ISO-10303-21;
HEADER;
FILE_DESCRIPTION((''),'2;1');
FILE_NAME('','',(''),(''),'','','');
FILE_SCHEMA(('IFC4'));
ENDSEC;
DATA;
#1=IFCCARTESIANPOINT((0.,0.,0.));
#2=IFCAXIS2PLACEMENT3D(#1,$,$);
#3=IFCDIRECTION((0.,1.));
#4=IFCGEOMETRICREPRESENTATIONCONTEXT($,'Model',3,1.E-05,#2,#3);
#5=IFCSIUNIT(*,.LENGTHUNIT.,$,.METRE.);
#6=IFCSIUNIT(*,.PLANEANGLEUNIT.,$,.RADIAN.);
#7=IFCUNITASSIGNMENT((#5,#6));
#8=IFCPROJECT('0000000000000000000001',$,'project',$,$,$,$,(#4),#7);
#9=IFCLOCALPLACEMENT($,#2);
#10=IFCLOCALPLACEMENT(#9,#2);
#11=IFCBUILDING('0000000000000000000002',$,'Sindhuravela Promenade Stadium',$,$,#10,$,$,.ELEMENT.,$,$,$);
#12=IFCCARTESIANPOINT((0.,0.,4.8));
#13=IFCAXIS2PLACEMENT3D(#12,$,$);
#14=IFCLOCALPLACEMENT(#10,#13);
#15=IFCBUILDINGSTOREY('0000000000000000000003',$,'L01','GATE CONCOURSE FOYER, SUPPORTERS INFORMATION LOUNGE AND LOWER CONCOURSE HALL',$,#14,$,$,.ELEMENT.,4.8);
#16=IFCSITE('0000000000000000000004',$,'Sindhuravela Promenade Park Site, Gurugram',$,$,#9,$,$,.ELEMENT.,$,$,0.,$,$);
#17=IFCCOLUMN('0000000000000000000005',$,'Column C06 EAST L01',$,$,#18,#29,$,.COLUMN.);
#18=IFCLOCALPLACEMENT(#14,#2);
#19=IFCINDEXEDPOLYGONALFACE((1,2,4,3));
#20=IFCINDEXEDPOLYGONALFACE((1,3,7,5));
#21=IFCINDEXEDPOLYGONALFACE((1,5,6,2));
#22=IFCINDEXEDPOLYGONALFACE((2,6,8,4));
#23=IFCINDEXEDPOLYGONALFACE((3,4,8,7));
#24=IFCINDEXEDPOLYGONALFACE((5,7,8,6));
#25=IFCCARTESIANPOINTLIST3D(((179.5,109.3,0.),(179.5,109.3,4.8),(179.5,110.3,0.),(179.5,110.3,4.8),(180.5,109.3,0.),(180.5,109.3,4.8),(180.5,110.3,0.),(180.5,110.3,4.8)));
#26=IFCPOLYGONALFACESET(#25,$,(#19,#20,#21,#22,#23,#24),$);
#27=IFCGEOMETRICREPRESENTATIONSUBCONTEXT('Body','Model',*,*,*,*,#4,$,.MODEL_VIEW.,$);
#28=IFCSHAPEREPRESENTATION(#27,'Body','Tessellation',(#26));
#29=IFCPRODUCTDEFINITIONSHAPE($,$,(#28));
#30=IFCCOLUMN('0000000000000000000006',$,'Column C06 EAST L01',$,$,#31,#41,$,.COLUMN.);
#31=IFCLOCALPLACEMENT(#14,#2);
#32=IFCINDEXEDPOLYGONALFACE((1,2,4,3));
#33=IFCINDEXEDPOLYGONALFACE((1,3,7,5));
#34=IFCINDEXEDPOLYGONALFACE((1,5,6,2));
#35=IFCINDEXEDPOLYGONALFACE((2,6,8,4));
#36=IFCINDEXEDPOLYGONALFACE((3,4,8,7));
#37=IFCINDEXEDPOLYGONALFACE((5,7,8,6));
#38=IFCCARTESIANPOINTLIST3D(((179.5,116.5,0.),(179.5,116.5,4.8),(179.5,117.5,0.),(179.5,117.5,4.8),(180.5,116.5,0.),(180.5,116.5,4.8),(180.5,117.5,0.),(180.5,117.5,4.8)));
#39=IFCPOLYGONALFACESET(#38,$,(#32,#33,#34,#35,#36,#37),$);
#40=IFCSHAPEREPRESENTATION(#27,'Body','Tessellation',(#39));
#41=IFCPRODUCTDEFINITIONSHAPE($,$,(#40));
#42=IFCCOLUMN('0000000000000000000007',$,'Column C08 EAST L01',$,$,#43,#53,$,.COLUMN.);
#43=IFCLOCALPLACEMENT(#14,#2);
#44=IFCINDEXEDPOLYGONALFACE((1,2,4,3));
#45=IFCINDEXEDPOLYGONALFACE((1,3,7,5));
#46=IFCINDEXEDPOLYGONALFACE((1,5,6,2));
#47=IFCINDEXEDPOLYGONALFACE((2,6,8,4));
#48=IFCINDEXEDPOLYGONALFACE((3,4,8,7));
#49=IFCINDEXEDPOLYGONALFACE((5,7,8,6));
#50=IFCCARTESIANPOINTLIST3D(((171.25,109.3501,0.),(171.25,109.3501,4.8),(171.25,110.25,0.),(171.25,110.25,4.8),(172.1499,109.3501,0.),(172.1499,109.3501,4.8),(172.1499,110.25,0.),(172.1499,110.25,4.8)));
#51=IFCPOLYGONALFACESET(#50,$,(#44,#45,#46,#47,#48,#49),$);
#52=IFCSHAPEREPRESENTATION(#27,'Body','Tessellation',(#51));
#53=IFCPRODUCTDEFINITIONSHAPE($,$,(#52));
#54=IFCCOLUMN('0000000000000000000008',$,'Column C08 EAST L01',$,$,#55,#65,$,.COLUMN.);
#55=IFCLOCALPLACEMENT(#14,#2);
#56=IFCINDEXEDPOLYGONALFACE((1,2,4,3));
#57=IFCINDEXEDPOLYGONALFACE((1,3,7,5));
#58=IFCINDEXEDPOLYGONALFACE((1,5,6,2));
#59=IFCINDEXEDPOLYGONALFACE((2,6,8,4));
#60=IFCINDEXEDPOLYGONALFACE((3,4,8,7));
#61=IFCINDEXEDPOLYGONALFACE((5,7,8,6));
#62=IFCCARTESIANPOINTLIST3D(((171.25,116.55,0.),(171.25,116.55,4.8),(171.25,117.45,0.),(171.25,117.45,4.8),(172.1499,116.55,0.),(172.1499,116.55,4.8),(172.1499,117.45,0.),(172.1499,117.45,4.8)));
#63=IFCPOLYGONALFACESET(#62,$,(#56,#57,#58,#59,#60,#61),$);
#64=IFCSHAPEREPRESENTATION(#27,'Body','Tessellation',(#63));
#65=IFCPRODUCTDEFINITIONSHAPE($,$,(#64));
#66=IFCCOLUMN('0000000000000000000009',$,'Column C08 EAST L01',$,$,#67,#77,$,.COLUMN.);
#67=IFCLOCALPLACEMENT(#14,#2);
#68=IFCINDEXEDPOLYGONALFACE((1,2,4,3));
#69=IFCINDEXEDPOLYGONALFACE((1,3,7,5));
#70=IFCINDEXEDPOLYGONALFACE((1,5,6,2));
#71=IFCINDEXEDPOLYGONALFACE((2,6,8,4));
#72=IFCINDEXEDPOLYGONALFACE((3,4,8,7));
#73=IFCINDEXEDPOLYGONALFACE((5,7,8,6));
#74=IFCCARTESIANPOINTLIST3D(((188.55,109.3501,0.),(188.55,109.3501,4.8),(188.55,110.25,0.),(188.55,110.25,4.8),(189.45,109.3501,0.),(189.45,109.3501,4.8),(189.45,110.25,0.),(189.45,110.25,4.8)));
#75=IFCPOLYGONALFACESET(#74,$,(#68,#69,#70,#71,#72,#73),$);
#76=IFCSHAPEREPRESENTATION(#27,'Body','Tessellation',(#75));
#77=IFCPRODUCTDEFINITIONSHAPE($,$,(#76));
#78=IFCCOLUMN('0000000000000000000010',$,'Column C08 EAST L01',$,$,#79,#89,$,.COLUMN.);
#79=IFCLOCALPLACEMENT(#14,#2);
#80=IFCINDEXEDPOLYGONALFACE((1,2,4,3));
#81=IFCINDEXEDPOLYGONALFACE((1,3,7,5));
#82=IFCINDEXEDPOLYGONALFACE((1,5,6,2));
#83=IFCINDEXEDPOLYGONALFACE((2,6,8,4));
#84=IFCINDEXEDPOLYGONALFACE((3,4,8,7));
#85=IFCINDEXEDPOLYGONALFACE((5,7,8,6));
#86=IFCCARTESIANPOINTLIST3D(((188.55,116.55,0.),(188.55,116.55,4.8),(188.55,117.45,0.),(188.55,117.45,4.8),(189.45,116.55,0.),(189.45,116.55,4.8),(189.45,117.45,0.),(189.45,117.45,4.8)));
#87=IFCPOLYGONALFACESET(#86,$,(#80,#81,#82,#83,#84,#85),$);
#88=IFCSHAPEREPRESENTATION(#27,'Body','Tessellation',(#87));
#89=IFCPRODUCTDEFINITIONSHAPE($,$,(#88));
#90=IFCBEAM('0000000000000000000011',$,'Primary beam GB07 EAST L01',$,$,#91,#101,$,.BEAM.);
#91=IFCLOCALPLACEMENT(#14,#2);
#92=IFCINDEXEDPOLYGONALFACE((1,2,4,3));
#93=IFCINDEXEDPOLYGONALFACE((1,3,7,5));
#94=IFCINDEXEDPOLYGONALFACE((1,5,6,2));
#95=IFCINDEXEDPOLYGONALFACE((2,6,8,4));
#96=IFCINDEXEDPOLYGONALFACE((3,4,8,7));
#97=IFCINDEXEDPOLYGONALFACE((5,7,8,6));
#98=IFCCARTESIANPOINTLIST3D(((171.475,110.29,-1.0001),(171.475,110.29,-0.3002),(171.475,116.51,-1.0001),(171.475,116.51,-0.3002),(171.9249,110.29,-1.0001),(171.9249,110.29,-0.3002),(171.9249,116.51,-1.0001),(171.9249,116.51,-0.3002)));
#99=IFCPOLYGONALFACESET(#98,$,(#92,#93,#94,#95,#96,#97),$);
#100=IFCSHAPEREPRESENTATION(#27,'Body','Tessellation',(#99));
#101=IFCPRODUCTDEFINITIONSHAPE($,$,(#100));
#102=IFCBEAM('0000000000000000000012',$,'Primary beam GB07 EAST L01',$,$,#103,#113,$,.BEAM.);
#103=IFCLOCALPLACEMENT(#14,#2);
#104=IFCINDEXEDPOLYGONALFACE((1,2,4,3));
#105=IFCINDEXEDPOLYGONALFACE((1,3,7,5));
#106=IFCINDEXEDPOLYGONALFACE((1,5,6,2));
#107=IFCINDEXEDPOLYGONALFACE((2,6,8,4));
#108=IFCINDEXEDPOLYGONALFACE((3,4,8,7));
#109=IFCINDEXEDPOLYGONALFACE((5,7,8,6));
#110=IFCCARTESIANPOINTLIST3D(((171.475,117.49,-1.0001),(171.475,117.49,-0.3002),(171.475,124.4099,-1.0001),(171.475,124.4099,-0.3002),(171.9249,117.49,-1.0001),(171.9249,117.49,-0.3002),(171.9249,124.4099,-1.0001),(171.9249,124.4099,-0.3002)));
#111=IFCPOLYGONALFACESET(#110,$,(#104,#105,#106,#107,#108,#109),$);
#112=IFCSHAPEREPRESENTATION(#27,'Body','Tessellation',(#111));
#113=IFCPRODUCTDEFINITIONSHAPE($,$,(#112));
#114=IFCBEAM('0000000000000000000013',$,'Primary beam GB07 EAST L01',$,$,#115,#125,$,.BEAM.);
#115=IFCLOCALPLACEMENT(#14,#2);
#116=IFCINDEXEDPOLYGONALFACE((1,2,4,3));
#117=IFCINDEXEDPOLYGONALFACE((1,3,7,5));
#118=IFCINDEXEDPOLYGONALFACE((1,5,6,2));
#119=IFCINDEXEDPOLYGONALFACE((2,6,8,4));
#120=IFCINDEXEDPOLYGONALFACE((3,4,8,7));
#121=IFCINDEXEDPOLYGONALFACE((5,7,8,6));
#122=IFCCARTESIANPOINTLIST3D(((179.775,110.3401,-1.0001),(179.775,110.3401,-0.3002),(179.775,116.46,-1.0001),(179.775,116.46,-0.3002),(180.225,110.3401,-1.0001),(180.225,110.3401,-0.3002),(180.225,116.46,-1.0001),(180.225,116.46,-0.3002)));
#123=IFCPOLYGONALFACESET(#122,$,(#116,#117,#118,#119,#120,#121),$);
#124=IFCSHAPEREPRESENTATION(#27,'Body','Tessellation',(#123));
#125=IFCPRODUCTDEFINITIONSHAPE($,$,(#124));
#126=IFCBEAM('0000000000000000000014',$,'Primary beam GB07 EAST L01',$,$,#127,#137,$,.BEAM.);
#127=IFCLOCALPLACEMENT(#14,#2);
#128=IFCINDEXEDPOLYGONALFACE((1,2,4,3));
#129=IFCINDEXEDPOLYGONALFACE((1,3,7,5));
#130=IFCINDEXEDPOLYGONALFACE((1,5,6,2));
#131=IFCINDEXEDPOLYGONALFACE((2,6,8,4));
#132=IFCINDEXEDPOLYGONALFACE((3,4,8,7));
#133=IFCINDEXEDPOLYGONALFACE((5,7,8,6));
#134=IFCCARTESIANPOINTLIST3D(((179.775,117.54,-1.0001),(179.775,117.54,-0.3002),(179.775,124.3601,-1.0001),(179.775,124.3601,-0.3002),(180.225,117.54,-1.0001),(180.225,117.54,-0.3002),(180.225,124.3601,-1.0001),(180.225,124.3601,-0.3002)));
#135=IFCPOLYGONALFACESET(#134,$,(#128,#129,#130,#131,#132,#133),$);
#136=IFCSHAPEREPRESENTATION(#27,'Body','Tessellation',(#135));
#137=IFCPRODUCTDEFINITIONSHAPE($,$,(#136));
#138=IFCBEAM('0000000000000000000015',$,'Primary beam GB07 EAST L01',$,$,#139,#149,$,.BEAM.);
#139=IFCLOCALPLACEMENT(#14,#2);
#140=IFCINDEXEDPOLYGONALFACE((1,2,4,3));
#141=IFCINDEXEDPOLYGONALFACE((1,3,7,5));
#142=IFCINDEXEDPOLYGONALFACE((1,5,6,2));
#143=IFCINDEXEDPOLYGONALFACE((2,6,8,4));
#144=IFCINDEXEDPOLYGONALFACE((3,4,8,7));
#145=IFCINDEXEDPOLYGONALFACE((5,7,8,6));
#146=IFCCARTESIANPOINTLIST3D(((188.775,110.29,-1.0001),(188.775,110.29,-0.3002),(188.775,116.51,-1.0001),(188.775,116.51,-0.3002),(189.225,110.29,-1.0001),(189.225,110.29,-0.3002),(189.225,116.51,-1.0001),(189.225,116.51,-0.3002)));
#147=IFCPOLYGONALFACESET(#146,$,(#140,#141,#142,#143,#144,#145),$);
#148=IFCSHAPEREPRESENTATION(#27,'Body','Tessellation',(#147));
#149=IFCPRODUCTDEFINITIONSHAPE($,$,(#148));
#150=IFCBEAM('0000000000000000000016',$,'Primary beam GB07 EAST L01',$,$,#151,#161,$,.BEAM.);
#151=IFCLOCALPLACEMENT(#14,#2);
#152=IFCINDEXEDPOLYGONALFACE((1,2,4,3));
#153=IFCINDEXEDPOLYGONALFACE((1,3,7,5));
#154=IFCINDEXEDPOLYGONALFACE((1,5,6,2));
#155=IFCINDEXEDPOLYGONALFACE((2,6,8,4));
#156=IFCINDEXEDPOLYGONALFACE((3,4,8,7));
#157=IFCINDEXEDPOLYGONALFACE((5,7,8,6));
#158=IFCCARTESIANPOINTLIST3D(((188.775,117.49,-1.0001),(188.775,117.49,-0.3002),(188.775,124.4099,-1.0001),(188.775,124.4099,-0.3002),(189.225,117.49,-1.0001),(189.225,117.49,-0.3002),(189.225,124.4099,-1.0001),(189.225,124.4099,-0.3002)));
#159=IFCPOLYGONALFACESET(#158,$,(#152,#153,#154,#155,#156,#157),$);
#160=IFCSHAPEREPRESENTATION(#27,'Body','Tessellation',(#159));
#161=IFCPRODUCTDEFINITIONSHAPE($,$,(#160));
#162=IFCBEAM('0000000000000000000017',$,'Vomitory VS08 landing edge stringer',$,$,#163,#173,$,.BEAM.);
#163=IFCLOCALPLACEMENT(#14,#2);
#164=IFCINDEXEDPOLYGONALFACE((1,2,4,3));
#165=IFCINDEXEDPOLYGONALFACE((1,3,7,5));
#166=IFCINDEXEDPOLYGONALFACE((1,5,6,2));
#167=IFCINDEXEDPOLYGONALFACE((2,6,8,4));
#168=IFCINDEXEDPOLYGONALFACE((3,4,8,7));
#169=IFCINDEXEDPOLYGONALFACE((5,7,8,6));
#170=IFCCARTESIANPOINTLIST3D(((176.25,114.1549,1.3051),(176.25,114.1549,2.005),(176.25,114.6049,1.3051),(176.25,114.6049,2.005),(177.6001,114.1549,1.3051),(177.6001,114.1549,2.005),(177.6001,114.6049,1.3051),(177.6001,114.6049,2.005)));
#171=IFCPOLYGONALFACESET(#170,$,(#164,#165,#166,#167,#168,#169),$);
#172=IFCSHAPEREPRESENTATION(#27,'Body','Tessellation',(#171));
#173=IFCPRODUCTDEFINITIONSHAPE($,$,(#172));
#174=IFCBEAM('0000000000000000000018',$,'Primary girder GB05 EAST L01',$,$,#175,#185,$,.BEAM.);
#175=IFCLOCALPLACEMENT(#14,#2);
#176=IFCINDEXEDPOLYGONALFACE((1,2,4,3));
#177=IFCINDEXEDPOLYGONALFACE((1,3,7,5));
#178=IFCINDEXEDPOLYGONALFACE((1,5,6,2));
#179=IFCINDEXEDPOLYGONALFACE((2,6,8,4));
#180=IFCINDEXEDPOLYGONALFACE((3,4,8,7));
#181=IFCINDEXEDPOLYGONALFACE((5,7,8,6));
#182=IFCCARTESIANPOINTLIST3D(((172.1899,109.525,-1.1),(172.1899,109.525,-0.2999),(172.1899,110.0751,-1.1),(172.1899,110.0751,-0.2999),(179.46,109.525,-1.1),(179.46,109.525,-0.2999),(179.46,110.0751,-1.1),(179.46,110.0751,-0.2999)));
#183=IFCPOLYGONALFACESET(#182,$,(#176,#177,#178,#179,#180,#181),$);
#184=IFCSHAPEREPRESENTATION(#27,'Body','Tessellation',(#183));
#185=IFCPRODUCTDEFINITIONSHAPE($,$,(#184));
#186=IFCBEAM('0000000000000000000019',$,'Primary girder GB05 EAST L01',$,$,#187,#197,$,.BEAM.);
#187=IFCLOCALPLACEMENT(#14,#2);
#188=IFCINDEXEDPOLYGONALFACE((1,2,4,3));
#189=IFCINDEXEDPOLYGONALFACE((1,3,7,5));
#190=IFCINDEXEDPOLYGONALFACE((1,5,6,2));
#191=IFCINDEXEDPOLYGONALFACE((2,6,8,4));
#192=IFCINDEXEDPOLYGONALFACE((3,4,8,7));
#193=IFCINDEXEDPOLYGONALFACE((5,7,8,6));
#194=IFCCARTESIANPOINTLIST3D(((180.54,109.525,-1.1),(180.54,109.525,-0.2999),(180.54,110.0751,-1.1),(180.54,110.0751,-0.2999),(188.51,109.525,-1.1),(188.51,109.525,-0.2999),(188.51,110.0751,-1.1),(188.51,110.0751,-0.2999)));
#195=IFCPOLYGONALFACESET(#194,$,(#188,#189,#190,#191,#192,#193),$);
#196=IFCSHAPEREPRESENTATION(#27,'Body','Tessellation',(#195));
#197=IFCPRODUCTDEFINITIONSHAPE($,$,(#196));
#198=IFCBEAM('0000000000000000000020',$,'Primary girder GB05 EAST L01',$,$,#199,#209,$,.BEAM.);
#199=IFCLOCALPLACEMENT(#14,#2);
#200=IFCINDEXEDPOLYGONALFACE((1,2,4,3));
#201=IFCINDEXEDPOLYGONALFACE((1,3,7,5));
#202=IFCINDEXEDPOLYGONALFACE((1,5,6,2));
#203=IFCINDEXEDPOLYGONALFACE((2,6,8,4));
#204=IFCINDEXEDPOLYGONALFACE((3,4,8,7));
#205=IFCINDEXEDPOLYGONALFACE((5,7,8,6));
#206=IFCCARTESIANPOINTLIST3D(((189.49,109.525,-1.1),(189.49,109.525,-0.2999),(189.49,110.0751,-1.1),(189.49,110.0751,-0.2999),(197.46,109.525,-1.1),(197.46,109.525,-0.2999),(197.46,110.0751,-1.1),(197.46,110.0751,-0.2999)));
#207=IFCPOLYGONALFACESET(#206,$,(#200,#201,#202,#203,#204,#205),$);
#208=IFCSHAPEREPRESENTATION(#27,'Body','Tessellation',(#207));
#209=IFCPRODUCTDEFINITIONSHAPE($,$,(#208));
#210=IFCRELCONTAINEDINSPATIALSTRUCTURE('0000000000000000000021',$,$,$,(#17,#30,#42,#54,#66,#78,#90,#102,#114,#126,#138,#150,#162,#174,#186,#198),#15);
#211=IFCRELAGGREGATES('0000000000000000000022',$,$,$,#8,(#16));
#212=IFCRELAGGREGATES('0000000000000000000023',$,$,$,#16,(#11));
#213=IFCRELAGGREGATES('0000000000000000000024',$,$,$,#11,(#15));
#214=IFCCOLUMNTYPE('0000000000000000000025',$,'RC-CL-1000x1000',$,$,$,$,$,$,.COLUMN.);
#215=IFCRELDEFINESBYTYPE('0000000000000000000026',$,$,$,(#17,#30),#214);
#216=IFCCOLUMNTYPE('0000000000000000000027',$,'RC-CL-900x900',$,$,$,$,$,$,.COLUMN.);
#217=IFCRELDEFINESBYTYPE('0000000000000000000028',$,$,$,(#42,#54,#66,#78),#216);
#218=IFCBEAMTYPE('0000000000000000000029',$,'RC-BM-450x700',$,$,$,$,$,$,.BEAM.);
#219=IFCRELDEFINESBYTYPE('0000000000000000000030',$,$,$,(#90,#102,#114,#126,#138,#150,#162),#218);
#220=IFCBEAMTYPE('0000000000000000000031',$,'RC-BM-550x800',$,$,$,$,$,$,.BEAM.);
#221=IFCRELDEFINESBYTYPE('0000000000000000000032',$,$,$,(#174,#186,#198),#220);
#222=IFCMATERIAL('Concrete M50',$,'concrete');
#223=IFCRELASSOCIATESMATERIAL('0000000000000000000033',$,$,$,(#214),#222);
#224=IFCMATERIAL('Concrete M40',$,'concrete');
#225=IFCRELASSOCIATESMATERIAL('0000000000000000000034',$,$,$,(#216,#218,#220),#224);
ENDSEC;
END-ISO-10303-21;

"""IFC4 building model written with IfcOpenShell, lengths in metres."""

from ifc_helpers import new_model, si_unit, direction, frame, origin, origin_2d, place, context, subcontext, project, spatial, rectangle, extrude, material, material_profile, profile_set, type_object, element, save


model = new_model("IFC4")

# Units and contexts
model_context = context("Model", 3, precision=1e-05, world=origin(), true_north=direction((0.0, 1.0)))
body_context = subcontext(model_context, "Body", "Model", "MODEL_VIEW")
ifc_project = project(units=[si_unit("LENGTHUNIT", "METRE"), si_unit("PLANEANGLEUNIT", "RADIAN")], contexts=[model_context])

# Site, building, storey
site_placement = place(None, origin())
site = spatial("IfcSite", under=ifc_project, at=site_placement, Name="Sindhuravela Promenade Park Site, Gurugram", CompositionType="ELEMENT", RefElevation=0.0)
building_placement = place(site_placement, origin())
building = spatial("IfcBuilding", under=site, at=building_placement, Name="Sindhuravela Promenade Stadium", CompositionType="ELEMENT")
storey_placement = place(building_placement, frame((0.0, 0.0, 4.8)))
storey = spatial("IfcBuildingStorey", under=building, at=storey_placement, Name="L01", Description="GATE CONCOURSE FOYER, SUPPORTERS INFORMATION LOUNGE AND LOWER CONCOURSE HALL", CompositionType="ELEMENT", Elevation=4.8)

# Columns
ifc_material_1 = material(Name="Concrete M50", Category="concrete")
ifc_material_profile_1 = material_profile(ifc_material_1, rectangle(XDim=1.0, YDim=1.0, at=origin_2d()), Name="RC 1000x1000")
ifc_profile_set_1 = profile_set([ifc_material_profile_1], Name="Concrete M50")
column_type_1 = type_object("IfcColumnType", Name="RC-CL-1000x1000", PredefinedType="COLUMN", material=ifc_profile_set_1)
for number, where, z_axis, x_axis, name in (
    (1, (180.0, 109.8, 0.0), (0.0, 0.0, 1.0), (1.0, 0.0, 0.0), "Column C06 EAST L01"),
    (2, (180.0, 117.0, 0.0), (0.0, 0.0, 1.0), (1.0, 0.0, 0.0), "Column C06 EAST L01"),
):
    element("IfcColumn", number, at=place(storey_placement, frame(where, z_axis=z_axis, x_axis=x_axis)), inside=storey, type_object=column_type_1, Name=name, PredefinedType="COLUMN", context=body_context, shape_type="SweptSolid", body=[
        extrude(rectangle(XDim=1.0, YDim=1.0, at=origin_2d()), origin(), (0.0, 0.0, 1.0), 4.8),
    ])
ifc_material_2 = material(Name="Concrete M40", Category="concrete")
ifc_material_profile_2 = material_profile(ifc_material_2, rectangle(XDim=0.8999, YDim=0.8999, at=origin_2d()), Name="RC 900x900")
ifc_profile_set_2 = profile_set([ifc_material_profile_2], Name="Concrete M40")
column_type_2 = type_object("IfcColumnType", Name="RC-CL-900x900", PredefinedType="COLUMN", material=ifc_profile_set_2)
for number, where, z_axis, x_axis, name in (
    (3, (171.7, 109.8, 0.0), (0.0, 0.0, 1.0), (1.0, 0.0, 0.0), "Column C08 EAST L01"),
    (4, (171.7, 117.0, 0.0), (0.0, 0.0, 1.0), (1.0, 0.0, 0.0), "Column C08 EAST L01"),
    (5, (189.0, 109.8, 0.0), (0.0, 0.0, 1.0), (1.0, 0.0, 0.0), "Column C08 EAST L01"),
    (6, (189.0, 117.0, 0.0), (0.0, 0.0, 1.0), (1.0, 0.0, 0.0), "Column C08 EAST L01"),
):
    element("IfcColumn", number, at=place(storey_placement, frame(where, z_axis=z_axis, x_axis=x_axis)), inside=storey, type_object=column_type_2, Name=name, PredefinedType="COLUMN", context=body_context, shape_type="SweptSolid", body=[
        extrude(rectangle(XDim=0.8999, YDim=0.8999, at=origin_2d()), origin(), (0.0, 0.0, 1.0), 4.8),
    ])

# Beams
ifc_material_profile_3 = material_profile(ifc_material_2, rectangle(XDim=0.45, YDim=0.7, at=origin_2d()), Name="RC 450x700")
ifc_profile_set_3 = profile_set([ifc_material_profile_3], Name="Concrete M40")
beam_type_1 = type_object("IfcBeamType", Name="RC-BM-450x700", PredefinedType="BEAM", material=ifc_profile_set_3)
beam_1_placement = place(storey_placement, frame((171.7, 110.29, -0.6501), z_axis=(0.0, 1.0, 0.0), x_axis=(-1.0, 0.0, 0.0)))
element("IfcBeam", 7, at=beam_1_placement, inside=storey, type_object=beam_type_1, Name="Primary beam GB07 EAST L01", PredefinedType="BEAM", context=body_context, shape_type="SweptSolid", body=[
    extrude(rectangle(XDim=0.45, YDim=0.7, at=origin_2d()), origin(), (0.0, 0.0, 1.0), 6.22),
])
beam_2_placement = place(storey_placement, frame((171.7, 117.49, -0.6501), z_axis=(0.0, 1.0, 0.0), x_axis=(-1.0, 0.0, 0.0)))
element("IfcBeam", 8, at=beam_2_placement, inside=storey, type_object=beam_type_1, Name="Primary beam GB07 EAST L01", PredefinedType="BEAM", context=body_context, shape_type="SweptSolid", body=[
    extrude(rectangle(XDim=0.45, YDim=0.7, at=origin_2d()), origin(), (0.0, 0.0, 1.0), 6.9199),
])
beam_3_placement = place(storey_placement, frame((180.0, 110.3401, -0.6501), z_axis=(0.0, 1.0, 0.0), x_axis=(-1.0, 0.0, 0.0)))
element("IfcBeam", 9, at=beam_3_placement, inside=storey, type_object=beam_type_1, Name="Primary beam GB07 EAST L01", PredefinedType="BEAM", context=body_context, shape_type="SweptSolid", body=[
    extrude(rectangle(XDim=0.45, YDim=0.7, at=origin_2d()), origin(), (0.0, 0.0, 1.0), 6.1199),
])
beam_4_placement = place(storey_placement, frame((180.0, 117.54, -0.6501), z_axis=(0.0, 1.0, 0.0), x_axis=(-1.0, 0.0, 0.0)))
element("IfcBeam", 10, at=beam_4_placement, inside=storey, type_object=beam_type_1, Name="Primary beam GB07 EAST L01", PredefinedType="BEAM", context=body_context, shape_type="SweptSolid", body=[
    extrude(rectangle(XDim=0.45, YDim=0.7, at=origin_2d()), origin(), (0.0, 0.0, 1.0), 6.8201),
])
beam_5_placement = place(storey_placement, frame((189.0, 110.29, -0.6501), z_axis=(0.0, 1.0, 0.0), x_axis=(-1.0, 0.0, 0.0)))
element("IfcBeam", 11, at=beam_5_placement, inside=storey, type_object=beam_type_1, Name="Primary beam GB07 EAST L01", PredefinedType="BEAM", context=body_context, shape_type="SweptSolid", body=[
    extrude(rectangle(XDim=0.45, YDim=0.7, at=origin_2d()), origin(), (0.0, 0.0, 1.0), 6.22),
])
beam_6_placement = place(storey_placement, frame((189.0, 117.49, -0.6501), z_axis=(0.0, 1.0, 0.0), x_axis=(-1.0, 0.0, 0.0)))
element("IfcBeam", 12, at=beam_6_placement, inside=storey, type_object=beam_type_1, Name="Primary beam GB07 EAST L01", PredefinedType="BEAM", context=body_context, shape_type="SweptSolid", body=[
    extrude(rectangle(XDim=0.45, YDim=0.7, at=origin_2d()), origin(), (0.0, 0.0, 1.0), 6.9199),
])
beam_7_placement = place(storey_placement, frame((176.25, 114.3799, 1.655), z_axis=(1.0, 0.0, 0.0), x_axis=(0.0, 1.0, 0.0)))
element("IfcBeam", 13, at=beam_7_placement, inside=storey, type_object=beam_type_1, Name="Vomitory VS08 landing edge stringer", PredefinedType="BEAM", context=body_context, shape_type="SweptSolid", body=[
    extrude(rectangle(XDim=0.45, YDim=0.7, at=origin_2d()), origin(), (0.0, 0.0, 1.0), 1.3501),
])
ifc_material_profile_4 = material_profile(ifc_material_2, rectangle(XDim=0.55, YDim=0.8, at=origin_2d()), Name="RC 550x800")
ifc_profile_set_4 = profile_set([ifc_material_profile_4], Name="Concrete M40")
beam_type_2 = type_object("IfcBeamType", Name="RC-BM-550x800", PredefinedType="BEAM", material=ifc_profile_set_4)
beam_8_placement = place(storey_placement, frame((172.1899, 109.8, -0.7), z_axis=(1.0, 0.0, 0.0), x_axis=(0.0, 1.0, 0.0)))
element("IfcBeam", 14, at=beam_8_placement, inside=storey, type_object=beam_type_2, Name="Primary girder GB05 EAST L01", PredefinedType="BEAM", context=body_context, shape_type="SweptSolid", body=[
    extrude(rectangle(XDim=0.55, YDim=0.8, at=origin_2d()), origin(), (0.0, 0.0, 1.0), 7.27),
])
for number, where, z_axis, x_axis, name in (
    (15, (180.54, 109.8, -0.7), (1.0, 0.0, 0.0), (0.0, 1.0, 0.0), "Primary girder GB05 EAST L01"),
    (16, (189.49, 109.8, -0.7), (1.0, 0.0, 0.0), (0.0, 1.0, 0.0), "Primary girder GB05 EAST L01"),
):
    element("IfcBeam", number, at=place(storey_placement, frame(where, z_axis=z_axis, x_axis=x_axis)), inside=storey, type_object=beam_type_2, Name=name, PredefinedType="BEAM", context=body_context, shape_type="SweptSolid", body=[
        extrude(rectangle(XDim=0.55, YDim=0.8, at=origin_2d()), origin(), (0.0, 0.0, 1.0), 7.97),
    ])

save(model, "model.ifc")
